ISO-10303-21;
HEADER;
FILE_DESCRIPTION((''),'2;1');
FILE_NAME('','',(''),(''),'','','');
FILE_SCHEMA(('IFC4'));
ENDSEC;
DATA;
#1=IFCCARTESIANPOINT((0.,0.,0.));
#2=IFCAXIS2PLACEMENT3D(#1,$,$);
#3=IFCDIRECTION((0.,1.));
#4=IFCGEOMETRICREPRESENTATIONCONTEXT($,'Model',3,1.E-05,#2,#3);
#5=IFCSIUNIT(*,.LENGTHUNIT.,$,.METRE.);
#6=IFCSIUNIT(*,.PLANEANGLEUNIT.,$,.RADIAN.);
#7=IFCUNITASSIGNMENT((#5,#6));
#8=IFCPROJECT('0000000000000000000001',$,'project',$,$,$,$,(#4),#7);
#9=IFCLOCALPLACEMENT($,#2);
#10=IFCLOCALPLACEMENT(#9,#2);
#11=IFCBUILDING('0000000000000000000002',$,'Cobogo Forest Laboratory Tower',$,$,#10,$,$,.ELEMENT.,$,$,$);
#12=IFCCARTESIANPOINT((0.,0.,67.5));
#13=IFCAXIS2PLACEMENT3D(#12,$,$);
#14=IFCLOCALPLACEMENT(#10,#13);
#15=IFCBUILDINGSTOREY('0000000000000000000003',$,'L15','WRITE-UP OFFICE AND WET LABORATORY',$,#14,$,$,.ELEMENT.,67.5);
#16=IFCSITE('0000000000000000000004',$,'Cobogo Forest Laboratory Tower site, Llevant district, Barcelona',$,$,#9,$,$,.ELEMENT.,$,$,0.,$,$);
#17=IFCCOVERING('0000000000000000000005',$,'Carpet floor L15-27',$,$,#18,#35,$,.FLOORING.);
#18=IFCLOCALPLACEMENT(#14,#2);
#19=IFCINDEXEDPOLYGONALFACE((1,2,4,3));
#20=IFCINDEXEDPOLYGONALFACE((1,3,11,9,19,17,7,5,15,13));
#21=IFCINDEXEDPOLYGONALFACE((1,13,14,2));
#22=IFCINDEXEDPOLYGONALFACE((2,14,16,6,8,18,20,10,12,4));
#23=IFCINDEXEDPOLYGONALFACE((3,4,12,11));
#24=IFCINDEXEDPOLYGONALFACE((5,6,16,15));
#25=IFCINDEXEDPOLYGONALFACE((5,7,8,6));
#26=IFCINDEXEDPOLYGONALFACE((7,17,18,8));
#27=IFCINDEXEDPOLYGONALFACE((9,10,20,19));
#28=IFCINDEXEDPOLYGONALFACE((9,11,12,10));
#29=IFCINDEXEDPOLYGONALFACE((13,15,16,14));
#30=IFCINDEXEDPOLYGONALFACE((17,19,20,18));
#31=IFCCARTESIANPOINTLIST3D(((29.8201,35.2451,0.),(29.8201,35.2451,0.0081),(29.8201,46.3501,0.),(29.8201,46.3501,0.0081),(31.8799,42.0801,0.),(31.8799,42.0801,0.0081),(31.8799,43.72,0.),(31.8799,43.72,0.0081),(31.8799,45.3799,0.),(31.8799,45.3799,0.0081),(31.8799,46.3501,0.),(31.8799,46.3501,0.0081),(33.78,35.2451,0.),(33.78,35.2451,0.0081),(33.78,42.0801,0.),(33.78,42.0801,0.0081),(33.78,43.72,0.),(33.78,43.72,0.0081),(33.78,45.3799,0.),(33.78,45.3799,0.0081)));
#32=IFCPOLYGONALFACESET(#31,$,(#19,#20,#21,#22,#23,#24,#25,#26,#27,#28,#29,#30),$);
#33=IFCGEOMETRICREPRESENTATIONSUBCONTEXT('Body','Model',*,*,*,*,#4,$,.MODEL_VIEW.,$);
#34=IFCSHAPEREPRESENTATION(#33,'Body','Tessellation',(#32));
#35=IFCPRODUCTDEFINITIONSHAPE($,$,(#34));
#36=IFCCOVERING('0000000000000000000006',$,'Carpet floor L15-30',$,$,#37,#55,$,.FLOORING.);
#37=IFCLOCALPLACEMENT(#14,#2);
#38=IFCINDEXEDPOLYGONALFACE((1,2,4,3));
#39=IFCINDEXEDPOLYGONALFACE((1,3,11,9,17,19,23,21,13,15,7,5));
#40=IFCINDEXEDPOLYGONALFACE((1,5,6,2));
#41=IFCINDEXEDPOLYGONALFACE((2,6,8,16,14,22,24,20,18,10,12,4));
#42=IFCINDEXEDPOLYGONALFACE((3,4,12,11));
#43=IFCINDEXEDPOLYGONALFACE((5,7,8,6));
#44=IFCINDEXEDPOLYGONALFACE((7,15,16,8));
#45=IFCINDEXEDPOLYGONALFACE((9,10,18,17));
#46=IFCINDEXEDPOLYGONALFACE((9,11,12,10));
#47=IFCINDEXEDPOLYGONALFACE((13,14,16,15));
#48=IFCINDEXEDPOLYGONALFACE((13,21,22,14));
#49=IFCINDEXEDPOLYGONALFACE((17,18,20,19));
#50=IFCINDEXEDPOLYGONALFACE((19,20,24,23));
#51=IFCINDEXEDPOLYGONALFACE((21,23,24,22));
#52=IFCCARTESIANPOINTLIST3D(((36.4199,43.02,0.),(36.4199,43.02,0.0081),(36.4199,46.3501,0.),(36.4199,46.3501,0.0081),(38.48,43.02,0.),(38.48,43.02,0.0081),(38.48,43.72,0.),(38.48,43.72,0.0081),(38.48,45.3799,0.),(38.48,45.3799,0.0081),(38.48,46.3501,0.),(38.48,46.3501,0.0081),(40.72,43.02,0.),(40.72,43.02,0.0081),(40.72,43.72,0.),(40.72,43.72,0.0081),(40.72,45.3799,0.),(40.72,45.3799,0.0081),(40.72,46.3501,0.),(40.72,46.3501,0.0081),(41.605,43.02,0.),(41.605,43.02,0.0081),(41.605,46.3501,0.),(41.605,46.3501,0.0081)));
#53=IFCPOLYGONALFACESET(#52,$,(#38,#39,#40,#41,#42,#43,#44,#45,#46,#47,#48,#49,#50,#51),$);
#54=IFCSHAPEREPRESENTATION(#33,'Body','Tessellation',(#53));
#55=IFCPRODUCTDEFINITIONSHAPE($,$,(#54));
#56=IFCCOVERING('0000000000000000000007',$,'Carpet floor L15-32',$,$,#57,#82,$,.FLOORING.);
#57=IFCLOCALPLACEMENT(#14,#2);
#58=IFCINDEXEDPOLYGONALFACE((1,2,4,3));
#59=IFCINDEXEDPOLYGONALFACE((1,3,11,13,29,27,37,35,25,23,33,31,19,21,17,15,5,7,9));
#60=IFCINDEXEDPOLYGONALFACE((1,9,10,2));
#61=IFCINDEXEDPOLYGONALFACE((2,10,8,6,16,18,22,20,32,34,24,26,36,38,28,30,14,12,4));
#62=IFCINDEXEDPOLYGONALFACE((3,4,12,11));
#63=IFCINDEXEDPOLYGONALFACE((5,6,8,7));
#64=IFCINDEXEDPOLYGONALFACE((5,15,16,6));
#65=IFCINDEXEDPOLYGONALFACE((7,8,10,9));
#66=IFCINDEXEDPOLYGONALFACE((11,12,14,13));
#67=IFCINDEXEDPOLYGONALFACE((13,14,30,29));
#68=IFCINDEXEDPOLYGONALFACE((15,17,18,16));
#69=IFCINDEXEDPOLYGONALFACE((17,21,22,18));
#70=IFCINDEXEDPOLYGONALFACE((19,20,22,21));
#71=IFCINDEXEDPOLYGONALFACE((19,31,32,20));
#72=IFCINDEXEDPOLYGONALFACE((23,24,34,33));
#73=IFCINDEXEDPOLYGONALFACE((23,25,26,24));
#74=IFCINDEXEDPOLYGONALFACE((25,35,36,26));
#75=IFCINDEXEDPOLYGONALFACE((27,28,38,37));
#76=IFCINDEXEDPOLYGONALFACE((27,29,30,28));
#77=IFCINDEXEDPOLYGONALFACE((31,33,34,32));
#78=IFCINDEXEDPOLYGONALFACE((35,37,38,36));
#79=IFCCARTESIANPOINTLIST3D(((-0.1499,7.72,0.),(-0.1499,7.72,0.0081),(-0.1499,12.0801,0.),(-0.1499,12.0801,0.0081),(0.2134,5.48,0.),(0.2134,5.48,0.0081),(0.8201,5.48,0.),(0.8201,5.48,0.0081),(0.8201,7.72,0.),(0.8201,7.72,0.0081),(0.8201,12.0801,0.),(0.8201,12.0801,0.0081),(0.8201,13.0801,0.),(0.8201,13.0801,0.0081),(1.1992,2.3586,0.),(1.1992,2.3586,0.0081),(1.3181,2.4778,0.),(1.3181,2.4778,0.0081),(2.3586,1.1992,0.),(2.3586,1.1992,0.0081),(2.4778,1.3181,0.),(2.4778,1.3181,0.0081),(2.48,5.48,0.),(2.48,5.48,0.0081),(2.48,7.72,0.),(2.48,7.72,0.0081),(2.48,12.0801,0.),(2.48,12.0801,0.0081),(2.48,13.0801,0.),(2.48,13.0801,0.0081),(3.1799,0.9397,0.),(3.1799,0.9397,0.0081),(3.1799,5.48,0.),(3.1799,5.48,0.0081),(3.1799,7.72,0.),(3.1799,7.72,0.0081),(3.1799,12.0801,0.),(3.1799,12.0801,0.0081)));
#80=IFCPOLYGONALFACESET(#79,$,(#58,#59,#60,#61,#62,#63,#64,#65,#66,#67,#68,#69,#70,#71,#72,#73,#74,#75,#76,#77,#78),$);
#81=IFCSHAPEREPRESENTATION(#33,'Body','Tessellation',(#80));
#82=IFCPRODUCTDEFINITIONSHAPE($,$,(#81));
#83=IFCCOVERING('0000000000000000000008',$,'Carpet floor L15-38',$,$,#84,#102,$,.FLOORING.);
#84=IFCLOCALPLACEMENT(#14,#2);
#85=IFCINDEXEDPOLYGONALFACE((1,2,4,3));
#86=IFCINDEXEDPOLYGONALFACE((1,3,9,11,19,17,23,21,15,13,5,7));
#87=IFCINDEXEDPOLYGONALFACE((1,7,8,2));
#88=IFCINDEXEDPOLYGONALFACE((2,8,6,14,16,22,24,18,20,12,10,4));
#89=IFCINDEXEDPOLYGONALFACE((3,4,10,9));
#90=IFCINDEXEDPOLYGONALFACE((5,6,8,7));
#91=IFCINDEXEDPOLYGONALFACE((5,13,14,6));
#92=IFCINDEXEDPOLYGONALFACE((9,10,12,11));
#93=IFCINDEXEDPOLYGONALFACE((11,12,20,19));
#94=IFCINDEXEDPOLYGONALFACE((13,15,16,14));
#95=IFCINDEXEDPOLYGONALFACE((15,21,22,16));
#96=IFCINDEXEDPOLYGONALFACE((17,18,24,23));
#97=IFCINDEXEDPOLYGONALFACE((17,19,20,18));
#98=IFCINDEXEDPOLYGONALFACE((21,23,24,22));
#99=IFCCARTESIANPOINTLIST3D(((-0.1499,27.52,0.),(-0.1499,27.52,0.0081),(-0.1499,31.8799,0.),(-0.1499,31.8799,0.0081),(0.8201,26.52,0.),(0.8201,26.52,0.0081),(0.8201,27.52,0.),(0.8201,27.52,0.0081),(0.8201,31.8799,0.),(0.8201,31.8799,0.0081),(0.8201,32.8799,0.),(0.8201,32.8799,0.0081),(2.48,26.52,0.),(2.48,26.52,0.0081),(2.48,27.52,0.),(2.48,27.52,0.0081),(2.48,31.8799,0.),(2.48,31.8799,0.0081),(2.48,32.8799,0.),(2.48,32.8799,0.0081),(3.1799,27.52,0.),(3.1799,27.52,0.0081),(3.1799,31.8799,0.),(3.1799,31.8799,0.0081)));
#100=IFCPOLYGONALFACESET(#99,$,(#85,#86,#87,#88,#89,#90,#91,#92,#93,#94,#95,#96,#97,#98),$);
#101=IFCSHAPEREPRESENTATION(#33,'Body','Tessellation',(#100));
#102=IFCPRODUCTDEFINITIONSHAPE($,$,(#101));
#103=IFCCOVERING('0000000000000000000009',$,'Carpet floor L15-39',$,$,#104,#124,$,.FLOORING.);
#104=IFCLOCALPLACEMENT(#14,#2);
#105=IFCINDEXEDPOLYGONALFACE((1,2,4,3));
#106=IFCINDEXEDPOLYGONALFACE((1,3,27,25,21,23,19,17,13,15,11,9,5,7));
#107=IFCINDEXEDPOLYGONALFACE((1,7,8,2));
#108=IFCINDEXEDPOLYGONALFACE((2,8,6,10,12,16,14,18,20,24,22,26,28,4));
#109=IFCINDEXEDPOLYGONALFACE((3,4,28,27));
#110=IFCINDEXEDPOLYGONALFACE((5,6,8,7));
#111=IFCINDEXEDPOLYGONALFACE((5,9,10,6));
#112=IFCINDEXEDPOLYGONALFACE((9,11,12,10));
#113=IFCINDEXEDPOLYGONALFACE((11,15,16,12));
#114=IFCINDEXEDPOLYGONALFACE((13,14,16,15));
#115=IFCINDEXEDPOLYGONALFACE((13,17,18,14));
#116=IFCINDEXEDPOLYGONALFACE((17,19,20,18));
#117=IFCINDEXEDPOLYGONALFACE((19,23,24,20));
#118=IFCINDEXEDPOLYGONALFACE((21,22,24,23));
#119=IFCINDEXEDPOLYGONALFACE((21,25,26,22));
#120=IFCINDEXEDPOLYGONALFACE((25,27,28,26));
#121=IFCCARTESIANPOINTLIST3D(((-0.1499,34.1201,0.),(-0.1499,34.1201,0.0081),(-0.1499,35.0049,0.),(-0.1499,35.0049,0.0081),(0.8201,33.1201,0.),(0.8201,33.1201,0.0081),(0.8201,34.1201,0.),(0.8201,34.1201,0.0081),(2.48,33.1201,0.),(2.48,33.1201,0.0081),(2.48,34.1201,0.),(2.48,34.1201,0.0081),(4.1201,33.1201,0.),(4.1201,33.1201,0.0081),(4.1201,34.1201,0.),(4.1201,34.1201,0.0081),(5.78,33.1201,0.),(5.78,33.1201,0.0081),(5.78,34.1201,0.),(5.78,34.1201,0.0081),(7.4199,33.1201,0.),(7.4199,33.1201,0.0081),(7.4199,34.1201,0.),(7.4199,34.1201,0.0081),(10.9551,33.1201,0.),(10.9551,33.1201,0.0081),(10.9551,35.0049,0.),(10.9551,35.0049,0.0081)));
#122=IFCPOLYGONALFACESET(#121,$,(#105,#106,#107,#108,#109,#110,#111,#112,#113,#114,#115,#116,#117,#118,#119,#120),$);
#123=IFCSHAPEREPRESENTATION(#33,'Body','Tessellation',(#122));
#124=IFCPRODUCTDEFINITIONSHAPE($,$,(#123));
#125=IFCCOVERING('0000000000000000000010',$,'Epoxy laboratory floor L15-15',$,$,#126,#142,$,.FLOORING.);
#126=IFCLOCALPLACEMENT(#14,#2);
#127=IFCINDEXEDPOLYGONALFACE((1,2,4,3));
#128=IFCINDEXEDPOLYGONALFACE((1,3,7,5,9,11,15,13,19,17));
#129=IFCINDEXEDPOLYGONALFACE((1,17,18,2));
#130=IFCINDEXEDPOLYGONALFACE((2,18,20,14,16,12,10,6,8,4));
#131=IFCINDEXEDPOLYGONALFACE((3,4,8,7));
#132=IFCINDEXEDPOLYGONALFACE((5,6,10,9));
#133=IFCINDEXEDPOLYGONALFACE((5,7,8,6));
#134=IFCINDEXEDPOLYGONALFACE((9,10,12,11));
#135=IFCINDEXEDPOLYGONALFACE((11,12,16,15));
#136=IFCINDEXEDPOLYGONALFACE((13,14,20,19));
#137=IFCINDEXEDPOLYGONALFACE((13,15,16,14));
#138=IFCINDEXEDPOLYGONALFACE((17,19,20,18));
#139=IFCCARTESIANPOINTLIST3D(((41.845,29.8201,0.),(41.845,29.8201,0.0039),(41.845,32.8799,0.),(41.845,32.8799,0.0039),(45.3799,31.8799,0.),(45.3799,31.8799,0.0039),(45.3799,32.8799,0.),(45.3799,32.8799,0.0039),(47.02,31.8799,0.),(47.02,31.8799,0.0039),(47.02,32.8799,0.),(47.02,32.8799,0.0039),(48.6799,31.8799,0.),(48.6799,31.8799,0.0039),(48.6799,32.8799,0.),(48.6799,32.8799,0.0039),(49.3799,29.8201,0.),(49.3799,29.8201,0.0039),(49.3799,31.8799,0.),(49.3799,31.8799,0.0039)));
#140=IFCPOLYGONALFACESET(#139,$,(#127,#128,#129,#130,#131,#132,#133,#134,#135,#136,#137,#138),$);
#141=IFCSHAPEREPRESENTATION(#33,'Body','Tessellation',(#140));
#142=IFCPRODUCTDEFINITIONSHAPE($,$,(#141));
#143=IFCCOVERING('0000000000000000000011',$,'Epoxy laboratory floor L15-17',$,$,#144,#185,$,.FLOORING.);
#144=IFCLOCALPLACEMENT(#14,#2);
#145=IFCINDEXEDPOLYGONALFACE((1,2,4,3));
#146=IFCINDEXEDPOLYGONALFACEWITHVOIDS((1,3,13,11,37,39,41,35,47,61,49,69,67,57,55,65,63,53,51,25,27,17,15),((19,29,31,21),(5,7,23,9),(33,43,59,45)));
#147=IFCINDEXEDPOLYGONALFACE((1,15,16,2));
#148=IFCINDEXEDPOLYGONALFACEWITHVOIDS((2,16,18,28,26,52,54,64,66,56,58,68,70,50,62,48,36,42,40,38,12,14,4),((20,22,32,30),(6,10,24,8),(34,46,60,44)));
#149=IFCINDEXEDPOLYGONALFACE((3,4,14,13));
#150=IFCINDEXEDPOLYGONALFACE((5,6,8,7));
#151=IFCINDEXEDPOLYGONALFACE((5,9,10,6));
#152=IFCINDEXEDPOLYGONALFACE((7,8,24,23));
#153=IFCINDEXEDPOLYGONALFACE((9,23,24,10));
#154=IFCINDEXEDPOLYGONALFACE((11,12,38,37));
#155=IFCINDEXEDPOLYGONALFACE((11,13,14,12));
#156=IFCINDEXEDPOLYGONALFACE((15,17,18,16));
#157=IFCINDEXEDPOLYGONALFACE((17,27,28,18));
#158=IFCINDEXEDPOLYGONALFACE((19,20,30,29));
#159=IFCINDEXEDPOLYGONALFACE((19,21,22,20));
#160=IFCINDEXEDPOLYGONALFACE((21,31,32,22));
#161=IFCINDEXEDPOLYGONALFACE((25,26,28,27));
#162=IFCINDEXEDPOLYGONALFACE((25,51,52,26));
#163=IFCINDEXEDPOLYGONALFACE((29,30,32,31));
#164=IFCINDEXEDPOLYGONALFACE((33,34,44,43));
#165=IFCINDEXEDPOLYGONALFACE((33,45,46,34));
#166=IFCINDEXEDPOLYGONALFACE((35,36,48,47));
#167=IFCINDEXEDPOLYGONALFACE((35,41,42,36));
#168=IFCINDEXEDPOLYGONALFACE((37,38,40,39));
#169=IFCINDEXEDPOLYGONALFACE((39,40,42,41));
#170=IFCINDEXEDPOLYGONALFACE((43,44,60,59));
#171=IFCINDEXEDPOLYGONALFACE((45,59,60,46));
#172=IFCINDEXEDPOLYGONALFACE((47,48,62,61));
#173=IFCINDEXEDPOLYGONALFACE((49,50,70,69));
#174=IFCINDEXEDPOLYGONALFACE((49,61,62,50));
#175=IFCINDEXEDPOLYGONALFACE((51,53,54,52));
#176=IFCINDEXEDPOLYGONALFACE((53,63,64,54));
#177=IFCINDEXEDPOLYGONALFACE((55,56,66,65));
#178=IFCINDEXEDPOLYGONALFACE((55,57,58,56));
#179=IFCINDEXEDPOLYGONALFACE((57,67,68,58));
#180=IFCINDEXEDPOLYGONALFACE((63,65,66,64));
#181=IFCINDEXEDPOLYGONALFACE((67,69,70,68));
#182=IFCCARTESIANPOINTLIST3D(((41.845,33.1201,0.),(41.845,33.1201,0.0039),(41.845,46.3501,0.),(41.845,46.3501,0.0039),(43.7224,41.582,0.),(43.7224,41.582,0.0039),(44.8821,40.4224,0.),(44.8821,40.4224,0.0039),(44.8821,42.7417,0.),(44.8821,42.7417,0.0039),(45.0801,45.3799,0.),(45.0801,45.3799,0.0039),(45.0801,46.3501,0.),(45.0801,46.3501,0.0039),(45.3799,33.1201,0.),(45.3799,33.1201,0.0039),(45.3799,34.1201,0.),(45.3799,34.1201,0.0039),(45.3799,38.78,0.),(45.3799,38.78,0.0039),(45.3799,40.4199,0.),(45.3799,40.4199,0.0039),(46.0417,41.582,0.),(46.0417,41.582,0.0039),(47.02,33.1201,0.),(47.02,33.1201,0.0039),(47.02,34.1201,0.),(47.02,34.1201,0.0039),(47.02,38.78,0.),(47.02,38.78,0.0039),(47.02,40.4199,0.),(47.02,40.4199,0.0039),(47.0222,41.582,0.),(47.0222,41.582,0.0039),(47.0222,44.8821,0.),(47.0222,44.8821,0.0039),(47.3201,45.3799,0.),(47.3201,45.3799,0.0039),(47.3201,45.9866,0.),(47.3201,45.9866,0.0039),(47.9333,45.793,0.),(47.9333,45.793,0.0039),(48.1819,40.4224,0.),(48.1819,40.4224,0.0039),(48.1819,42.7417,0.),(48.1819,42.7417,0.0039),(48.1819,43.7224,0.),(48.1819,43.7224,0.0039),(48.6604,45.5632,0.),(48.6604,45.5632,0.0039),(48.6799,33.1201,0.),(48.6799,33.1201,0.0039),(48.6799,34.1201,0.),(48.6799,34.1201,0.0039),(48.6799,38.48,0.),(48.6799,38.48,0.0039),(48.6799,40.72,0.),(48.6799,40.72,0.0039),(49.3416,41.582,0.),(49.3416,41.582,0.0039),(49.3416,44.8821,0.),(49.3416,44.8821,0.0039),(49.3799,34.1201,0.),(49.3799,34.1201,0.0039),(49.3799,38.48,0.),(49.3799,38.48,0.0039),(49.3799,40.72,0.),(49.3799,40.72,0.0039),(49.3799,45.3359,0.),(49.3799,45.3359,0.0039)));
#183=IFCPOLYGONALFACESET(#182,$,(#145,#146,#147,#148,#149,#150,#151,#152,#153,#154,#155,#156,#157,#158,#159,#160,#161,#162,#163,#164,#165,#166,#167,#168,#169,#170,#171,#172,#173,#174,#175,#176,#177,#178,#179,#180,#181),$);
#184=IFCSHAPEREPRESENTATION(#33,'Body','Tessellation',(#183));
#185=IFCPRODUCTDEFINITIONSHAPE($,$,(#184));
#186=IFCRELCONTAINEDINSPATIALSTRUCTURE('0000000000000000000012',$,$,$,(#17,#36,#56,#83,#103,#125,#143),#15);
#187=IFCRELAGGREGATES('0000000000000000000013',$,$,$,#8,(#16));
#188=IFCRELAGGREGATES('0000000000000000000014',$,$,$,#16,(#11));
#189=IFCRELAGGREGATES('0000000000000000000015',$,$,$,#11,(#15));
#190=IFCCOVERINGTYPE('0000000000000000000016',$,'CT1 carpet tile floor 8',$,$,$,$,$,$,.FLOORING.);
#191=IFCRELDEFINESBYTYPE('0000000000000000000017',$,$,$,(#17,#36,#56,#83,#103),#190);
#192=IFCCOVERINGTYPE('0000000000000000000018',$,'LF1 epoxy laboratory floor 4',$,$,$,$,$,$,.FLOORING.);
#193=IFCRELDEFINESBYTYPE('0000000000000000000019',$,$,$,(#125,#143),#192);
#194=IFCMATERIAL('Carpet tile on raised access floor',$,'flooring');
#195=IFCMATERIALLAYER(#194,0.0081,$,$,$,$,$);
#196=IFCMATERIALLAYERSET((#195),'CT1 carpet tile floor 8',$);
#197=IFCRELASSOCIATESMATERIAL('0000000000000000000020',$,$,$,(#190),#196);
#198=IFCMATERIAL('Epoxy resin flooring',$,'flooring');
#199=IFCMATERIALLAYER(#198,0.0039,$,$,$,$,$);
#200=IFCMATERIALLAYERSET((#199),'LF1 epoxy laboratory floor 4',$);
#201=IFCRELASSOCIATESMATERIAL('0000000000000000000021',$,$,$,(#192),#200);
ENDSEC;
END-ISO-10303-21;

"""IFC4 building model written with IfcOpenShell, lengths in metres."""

from ifc_helpers import new_model, si_unit, direction, frame, origin, place, context, subcontext, project, spatial, polyline, outline, extrude, material, layer, layer_set, type_object, element, save


model = new_model("IFC4")

# Units and contexts
model_context = context("Model", 3, precision=1e-05, world=origin(), true_north=direction((0.0, 1.0)))
body_context = subcontext(model_context, "Body", "Model", "MODEL_VIEW")
ifc_project = project(units=[si_unit("LENGTHUNIT", "METRE"), si_unit("PLANEANGLEUNIT", "RADIAN")], contexts=[model_context])

# Site, building, storey
site_placement = place(None, origin())
site = spatial("IfcSite", under=ifc_project, at=site_placement, Name="Cobogo Forest Laboratory Tower site, Llevant district, Barcelona", CompositionType="ELEMENT", RefElevation=0.0)
building_placement = place(site_placement, origin())
building = spatial("IfcBuilding", under=site, at=building_placement, Name="Cobogo Forest Laboratory Tower", CompositionType="ELEMENT")
storey_placement = place(building_placement, frame((0.0, 0.0, 67.5)))
storey = spatial("IfcBuildingStorey", under=building, at=storey_placement, Name="L15", Description="WRITE-UP OFFICE AND WET LABORATORY", CompositionType="ELEMENT", Elevation=67.5)

# Coverings
ifc_material_1 = material(Name="Carpet tile on raised access floor", Category="flooring")
ifc_layer_1 = layer(ifc_material_1, 0.0081)
ifc_layer_set_1 = layer_set([ifc_layer_1], Name="CT1 carpet tile floor 8")
covering_type_1 = type_object("IfcCoveringType", Name="CT1 carpet tile floor 8", PredefinedType="FLOORING", material=ifc_layer_set_1)
covering_1_placement = place(storey_placement, origin())
element("IfcCovering", 1, at=covering_1_placement, inside=storey, type_object=covering_type_1, Name="Carpet floor L15-27", PredefinedType="FLOORING", context=body_context, shape_type="SweptSolid", body=[
    extrude(outline(polyline([(29.8201, 35.2451), (29.8201, 46.3501), (31.8799, 46.3501), (31.8799, 45.3799), (33.78, 45.3799), (33.78, 43.72), (31.8799, 43.72), (31.8799, 42.0801), (33.78, 42.0801), (33.78, 35.2451), (29.8201, 35.2451)])), origin(), (0.0, 0.0, 1.0), 0.0081),
])
covering_2_placement = place(storey_placement, origin())
element("IfcCovering", 2, at=covering_2_placement, inside=storey, type_object=covering_type_1, Name="Carpet floor L15-30", PredefinedType="FLOORING", context=body_context, shape_type="SweptSolid", body=[
    extrude(outline(polyline([(40.72, 43.02), (40.72, 43.72), (38.48, 43.72), (38.48, 43.02), (36.4199, 43.02), (36.4199, 46.3501), (38.48, 46.3501), (38.48, 45.3799), (40.72, 45.3799), (40.72, 46.3501), (41.605, 46.3501), (41.605, 43.02), (40.72, 43.02)])), origin(), (0.0, 0.0, 1.0), 0.0081),
])
covering_3_placement = place(storey_placement, origin())
element("IfcCovering", 3, at=covering_3_placement, inside=storey, type_object=covering_type_1, Name="Carpet floor L15-32", PredefinedType="FLOORING", context=body_context, shape_type="SweptSolid", body=[
    extrude(outline(polyline([(3.1799, 7.72), (2.48, 7.72), (2.48, 5.48), (3.1799, 5.48), (3.1799, 0.9397), (2.3586, 1.1992), (2.4778, 1.3181), (1.3181, 2.4778), (1.1992, 2.3586), (0.2134, 5.48), (0.8201, 5.48), (0.8201, 7.72), (-0.1499, 7.72), (-0.1499, 12.0801), (0.8201, 12.0801), (0.8201, 13.0801), (2.48, 13.0801), (2.48, 12.0801), (3.1799, 12.0801), (3.1799, 7.72)])), origin(), (0.0, 0.0, 1.0), 0.0081),
])
covering_4_placement = place(storey_placement, origin())
element("IfcCovering", 4, at=covering_4_placement, inside=storey, type_object=covering_type_1, Name="Carpet floor L15-38", PredefinedType="FLOORING", context=body_context, shape_type="SweptSolid", body=[
    extrude(outline(polyline([(3.1799, 27.52), (2.48, 27.52), (2.48, 26.52), (0.8201, 26.52), (0.8201, 27.52), (-0.1499, 27.52), (-0.1499, 31.8799), (0.8201, 31.8799), (0.8201, 32.8799), (2.48, 32.8799), (2.48, 31.8799), (3.1799, 31.8799), (3.1799, 27.52)])), origin(), (0.0, 0.0, 1.0), 0.0081),
])
covering_5_placement = place(storey_placement, origin())
element("IfcCovering", 5, at=covering_5_placement, inside=storey, type_object=covering_type_1, Name="Carpet floor L15-39", PredefinedType="FLOORING", context=body_context, shape_type="SweptSolid", body=[
    extrude(outline(polyline([(10.9551, 33.1201), (7.4199, 33.1201), (7.4199, 34.1201), (5.78, 34.1201), (5.78, 33.1201), (4.1201, 33.1201), (4.1201, 34.1201), (2.48, 34.1201), (2.48, 33.1201), (0.8201, 33.1201), (0.8201, 34.1201), (-0.1499, 34.1201), (-0.1499, 35.0049), (10.9551, 35.0049), (10.9551, 33.1201)])), origin(), (0.0, 0.0, 1.0), 0.0081),
])
ifc_material_2 = material(Name="Epoxy resin flooring", Category="flooring")
ifc_layer_2 = layer(ifc_material_2, 0.0039)
ifc_layer_set_2 = layer_set([ifc_layer_2], Name="LF1 epoxy laboratory floor 4")
covering_type_2 = type_object("IfcCoveringType", Name="LF1 epoxy laboratory floor 4", PredefinedType="FLOORING", material=ifc_layer_set_2)
covering_6_placement = place(storey_placement, origin())
element("IfcCovering", 6, at=covering_6_placement, inside=storey, type_object=covering_type_2, Name="Epoxy laboratory floor L15-15", PredefinedType="FLOORING", context=body_context, shape_type="SweptSolid", body=[
    extrude(outline(polyline([(41.845, 32.8799), (45.3799, 32.8799), (45.3799, 31.8799), (47.02, 31.8799), (47.02, 32.8799), (48.6799, 32.8799), (48.6799, 31.8799), (49.3799, 31.8799), (49.3799, 29.8201), (41.845, 29.8201), (41.845, 32.8799)])), origin(), (0.0, 0.0, 1.0), 0.0039),
])
covering_7_placement = place(storey_placement, origin())
element("IfcCovering", 7, at=covering_7_placement, inside=storey, type_object=covering_type_2, Name="Epoxy laboratory floor L15-17", PredefinedType="FLOORING", context=body_context, shape_type="SweptSolid", body=[
    extrude(outline(polyline([(47.02, 33.1201), (47.02, 34.1201), (45.3799, 34.1201), (45.3799, 33.1201), (41.845, 33.1201), (41.845, 46.3501), (45.0801, 46.3501), (45.0801, 45.3799), (47.3201, 45.3799), (47.3201, 45.9866), (47.9333, 45.793), (47.0222, 44.8821), (48.1819, 43.7224), (49.3416, 44.8821), (48.6604, 45.5632), (49.3799, 45.3359), (49.3799, 40.72), (48.6799, 40.72), (48.6799, 38.48), (49.3799, 38.48), (49.3799, 34.1201), (48.6799, 34.1201), (48.6799, 33.1201), (47.02, 33.1201)]), holes=[polyline([(47.0222, 41.582), (48.1819, 40.4224), (49.3416, 41.582), (48.1819, 42.7417), (47.0222, 41.582)]), polyline([(47.02, 40.4199), (45.3799, 40.4199), (45.3799, 38.78), (47.02, 38.78), (47.02, 40.4199)]), polyline([(43.7224, 41.582), (44.8821, 40.4224), (46.0417, 41.582), (44.8821, 42.7417), (43.7224, 41.582)])]), origin(), (0.0, 0.0, 1.0), 0.0039),
])

save(model, "model.ifc")
